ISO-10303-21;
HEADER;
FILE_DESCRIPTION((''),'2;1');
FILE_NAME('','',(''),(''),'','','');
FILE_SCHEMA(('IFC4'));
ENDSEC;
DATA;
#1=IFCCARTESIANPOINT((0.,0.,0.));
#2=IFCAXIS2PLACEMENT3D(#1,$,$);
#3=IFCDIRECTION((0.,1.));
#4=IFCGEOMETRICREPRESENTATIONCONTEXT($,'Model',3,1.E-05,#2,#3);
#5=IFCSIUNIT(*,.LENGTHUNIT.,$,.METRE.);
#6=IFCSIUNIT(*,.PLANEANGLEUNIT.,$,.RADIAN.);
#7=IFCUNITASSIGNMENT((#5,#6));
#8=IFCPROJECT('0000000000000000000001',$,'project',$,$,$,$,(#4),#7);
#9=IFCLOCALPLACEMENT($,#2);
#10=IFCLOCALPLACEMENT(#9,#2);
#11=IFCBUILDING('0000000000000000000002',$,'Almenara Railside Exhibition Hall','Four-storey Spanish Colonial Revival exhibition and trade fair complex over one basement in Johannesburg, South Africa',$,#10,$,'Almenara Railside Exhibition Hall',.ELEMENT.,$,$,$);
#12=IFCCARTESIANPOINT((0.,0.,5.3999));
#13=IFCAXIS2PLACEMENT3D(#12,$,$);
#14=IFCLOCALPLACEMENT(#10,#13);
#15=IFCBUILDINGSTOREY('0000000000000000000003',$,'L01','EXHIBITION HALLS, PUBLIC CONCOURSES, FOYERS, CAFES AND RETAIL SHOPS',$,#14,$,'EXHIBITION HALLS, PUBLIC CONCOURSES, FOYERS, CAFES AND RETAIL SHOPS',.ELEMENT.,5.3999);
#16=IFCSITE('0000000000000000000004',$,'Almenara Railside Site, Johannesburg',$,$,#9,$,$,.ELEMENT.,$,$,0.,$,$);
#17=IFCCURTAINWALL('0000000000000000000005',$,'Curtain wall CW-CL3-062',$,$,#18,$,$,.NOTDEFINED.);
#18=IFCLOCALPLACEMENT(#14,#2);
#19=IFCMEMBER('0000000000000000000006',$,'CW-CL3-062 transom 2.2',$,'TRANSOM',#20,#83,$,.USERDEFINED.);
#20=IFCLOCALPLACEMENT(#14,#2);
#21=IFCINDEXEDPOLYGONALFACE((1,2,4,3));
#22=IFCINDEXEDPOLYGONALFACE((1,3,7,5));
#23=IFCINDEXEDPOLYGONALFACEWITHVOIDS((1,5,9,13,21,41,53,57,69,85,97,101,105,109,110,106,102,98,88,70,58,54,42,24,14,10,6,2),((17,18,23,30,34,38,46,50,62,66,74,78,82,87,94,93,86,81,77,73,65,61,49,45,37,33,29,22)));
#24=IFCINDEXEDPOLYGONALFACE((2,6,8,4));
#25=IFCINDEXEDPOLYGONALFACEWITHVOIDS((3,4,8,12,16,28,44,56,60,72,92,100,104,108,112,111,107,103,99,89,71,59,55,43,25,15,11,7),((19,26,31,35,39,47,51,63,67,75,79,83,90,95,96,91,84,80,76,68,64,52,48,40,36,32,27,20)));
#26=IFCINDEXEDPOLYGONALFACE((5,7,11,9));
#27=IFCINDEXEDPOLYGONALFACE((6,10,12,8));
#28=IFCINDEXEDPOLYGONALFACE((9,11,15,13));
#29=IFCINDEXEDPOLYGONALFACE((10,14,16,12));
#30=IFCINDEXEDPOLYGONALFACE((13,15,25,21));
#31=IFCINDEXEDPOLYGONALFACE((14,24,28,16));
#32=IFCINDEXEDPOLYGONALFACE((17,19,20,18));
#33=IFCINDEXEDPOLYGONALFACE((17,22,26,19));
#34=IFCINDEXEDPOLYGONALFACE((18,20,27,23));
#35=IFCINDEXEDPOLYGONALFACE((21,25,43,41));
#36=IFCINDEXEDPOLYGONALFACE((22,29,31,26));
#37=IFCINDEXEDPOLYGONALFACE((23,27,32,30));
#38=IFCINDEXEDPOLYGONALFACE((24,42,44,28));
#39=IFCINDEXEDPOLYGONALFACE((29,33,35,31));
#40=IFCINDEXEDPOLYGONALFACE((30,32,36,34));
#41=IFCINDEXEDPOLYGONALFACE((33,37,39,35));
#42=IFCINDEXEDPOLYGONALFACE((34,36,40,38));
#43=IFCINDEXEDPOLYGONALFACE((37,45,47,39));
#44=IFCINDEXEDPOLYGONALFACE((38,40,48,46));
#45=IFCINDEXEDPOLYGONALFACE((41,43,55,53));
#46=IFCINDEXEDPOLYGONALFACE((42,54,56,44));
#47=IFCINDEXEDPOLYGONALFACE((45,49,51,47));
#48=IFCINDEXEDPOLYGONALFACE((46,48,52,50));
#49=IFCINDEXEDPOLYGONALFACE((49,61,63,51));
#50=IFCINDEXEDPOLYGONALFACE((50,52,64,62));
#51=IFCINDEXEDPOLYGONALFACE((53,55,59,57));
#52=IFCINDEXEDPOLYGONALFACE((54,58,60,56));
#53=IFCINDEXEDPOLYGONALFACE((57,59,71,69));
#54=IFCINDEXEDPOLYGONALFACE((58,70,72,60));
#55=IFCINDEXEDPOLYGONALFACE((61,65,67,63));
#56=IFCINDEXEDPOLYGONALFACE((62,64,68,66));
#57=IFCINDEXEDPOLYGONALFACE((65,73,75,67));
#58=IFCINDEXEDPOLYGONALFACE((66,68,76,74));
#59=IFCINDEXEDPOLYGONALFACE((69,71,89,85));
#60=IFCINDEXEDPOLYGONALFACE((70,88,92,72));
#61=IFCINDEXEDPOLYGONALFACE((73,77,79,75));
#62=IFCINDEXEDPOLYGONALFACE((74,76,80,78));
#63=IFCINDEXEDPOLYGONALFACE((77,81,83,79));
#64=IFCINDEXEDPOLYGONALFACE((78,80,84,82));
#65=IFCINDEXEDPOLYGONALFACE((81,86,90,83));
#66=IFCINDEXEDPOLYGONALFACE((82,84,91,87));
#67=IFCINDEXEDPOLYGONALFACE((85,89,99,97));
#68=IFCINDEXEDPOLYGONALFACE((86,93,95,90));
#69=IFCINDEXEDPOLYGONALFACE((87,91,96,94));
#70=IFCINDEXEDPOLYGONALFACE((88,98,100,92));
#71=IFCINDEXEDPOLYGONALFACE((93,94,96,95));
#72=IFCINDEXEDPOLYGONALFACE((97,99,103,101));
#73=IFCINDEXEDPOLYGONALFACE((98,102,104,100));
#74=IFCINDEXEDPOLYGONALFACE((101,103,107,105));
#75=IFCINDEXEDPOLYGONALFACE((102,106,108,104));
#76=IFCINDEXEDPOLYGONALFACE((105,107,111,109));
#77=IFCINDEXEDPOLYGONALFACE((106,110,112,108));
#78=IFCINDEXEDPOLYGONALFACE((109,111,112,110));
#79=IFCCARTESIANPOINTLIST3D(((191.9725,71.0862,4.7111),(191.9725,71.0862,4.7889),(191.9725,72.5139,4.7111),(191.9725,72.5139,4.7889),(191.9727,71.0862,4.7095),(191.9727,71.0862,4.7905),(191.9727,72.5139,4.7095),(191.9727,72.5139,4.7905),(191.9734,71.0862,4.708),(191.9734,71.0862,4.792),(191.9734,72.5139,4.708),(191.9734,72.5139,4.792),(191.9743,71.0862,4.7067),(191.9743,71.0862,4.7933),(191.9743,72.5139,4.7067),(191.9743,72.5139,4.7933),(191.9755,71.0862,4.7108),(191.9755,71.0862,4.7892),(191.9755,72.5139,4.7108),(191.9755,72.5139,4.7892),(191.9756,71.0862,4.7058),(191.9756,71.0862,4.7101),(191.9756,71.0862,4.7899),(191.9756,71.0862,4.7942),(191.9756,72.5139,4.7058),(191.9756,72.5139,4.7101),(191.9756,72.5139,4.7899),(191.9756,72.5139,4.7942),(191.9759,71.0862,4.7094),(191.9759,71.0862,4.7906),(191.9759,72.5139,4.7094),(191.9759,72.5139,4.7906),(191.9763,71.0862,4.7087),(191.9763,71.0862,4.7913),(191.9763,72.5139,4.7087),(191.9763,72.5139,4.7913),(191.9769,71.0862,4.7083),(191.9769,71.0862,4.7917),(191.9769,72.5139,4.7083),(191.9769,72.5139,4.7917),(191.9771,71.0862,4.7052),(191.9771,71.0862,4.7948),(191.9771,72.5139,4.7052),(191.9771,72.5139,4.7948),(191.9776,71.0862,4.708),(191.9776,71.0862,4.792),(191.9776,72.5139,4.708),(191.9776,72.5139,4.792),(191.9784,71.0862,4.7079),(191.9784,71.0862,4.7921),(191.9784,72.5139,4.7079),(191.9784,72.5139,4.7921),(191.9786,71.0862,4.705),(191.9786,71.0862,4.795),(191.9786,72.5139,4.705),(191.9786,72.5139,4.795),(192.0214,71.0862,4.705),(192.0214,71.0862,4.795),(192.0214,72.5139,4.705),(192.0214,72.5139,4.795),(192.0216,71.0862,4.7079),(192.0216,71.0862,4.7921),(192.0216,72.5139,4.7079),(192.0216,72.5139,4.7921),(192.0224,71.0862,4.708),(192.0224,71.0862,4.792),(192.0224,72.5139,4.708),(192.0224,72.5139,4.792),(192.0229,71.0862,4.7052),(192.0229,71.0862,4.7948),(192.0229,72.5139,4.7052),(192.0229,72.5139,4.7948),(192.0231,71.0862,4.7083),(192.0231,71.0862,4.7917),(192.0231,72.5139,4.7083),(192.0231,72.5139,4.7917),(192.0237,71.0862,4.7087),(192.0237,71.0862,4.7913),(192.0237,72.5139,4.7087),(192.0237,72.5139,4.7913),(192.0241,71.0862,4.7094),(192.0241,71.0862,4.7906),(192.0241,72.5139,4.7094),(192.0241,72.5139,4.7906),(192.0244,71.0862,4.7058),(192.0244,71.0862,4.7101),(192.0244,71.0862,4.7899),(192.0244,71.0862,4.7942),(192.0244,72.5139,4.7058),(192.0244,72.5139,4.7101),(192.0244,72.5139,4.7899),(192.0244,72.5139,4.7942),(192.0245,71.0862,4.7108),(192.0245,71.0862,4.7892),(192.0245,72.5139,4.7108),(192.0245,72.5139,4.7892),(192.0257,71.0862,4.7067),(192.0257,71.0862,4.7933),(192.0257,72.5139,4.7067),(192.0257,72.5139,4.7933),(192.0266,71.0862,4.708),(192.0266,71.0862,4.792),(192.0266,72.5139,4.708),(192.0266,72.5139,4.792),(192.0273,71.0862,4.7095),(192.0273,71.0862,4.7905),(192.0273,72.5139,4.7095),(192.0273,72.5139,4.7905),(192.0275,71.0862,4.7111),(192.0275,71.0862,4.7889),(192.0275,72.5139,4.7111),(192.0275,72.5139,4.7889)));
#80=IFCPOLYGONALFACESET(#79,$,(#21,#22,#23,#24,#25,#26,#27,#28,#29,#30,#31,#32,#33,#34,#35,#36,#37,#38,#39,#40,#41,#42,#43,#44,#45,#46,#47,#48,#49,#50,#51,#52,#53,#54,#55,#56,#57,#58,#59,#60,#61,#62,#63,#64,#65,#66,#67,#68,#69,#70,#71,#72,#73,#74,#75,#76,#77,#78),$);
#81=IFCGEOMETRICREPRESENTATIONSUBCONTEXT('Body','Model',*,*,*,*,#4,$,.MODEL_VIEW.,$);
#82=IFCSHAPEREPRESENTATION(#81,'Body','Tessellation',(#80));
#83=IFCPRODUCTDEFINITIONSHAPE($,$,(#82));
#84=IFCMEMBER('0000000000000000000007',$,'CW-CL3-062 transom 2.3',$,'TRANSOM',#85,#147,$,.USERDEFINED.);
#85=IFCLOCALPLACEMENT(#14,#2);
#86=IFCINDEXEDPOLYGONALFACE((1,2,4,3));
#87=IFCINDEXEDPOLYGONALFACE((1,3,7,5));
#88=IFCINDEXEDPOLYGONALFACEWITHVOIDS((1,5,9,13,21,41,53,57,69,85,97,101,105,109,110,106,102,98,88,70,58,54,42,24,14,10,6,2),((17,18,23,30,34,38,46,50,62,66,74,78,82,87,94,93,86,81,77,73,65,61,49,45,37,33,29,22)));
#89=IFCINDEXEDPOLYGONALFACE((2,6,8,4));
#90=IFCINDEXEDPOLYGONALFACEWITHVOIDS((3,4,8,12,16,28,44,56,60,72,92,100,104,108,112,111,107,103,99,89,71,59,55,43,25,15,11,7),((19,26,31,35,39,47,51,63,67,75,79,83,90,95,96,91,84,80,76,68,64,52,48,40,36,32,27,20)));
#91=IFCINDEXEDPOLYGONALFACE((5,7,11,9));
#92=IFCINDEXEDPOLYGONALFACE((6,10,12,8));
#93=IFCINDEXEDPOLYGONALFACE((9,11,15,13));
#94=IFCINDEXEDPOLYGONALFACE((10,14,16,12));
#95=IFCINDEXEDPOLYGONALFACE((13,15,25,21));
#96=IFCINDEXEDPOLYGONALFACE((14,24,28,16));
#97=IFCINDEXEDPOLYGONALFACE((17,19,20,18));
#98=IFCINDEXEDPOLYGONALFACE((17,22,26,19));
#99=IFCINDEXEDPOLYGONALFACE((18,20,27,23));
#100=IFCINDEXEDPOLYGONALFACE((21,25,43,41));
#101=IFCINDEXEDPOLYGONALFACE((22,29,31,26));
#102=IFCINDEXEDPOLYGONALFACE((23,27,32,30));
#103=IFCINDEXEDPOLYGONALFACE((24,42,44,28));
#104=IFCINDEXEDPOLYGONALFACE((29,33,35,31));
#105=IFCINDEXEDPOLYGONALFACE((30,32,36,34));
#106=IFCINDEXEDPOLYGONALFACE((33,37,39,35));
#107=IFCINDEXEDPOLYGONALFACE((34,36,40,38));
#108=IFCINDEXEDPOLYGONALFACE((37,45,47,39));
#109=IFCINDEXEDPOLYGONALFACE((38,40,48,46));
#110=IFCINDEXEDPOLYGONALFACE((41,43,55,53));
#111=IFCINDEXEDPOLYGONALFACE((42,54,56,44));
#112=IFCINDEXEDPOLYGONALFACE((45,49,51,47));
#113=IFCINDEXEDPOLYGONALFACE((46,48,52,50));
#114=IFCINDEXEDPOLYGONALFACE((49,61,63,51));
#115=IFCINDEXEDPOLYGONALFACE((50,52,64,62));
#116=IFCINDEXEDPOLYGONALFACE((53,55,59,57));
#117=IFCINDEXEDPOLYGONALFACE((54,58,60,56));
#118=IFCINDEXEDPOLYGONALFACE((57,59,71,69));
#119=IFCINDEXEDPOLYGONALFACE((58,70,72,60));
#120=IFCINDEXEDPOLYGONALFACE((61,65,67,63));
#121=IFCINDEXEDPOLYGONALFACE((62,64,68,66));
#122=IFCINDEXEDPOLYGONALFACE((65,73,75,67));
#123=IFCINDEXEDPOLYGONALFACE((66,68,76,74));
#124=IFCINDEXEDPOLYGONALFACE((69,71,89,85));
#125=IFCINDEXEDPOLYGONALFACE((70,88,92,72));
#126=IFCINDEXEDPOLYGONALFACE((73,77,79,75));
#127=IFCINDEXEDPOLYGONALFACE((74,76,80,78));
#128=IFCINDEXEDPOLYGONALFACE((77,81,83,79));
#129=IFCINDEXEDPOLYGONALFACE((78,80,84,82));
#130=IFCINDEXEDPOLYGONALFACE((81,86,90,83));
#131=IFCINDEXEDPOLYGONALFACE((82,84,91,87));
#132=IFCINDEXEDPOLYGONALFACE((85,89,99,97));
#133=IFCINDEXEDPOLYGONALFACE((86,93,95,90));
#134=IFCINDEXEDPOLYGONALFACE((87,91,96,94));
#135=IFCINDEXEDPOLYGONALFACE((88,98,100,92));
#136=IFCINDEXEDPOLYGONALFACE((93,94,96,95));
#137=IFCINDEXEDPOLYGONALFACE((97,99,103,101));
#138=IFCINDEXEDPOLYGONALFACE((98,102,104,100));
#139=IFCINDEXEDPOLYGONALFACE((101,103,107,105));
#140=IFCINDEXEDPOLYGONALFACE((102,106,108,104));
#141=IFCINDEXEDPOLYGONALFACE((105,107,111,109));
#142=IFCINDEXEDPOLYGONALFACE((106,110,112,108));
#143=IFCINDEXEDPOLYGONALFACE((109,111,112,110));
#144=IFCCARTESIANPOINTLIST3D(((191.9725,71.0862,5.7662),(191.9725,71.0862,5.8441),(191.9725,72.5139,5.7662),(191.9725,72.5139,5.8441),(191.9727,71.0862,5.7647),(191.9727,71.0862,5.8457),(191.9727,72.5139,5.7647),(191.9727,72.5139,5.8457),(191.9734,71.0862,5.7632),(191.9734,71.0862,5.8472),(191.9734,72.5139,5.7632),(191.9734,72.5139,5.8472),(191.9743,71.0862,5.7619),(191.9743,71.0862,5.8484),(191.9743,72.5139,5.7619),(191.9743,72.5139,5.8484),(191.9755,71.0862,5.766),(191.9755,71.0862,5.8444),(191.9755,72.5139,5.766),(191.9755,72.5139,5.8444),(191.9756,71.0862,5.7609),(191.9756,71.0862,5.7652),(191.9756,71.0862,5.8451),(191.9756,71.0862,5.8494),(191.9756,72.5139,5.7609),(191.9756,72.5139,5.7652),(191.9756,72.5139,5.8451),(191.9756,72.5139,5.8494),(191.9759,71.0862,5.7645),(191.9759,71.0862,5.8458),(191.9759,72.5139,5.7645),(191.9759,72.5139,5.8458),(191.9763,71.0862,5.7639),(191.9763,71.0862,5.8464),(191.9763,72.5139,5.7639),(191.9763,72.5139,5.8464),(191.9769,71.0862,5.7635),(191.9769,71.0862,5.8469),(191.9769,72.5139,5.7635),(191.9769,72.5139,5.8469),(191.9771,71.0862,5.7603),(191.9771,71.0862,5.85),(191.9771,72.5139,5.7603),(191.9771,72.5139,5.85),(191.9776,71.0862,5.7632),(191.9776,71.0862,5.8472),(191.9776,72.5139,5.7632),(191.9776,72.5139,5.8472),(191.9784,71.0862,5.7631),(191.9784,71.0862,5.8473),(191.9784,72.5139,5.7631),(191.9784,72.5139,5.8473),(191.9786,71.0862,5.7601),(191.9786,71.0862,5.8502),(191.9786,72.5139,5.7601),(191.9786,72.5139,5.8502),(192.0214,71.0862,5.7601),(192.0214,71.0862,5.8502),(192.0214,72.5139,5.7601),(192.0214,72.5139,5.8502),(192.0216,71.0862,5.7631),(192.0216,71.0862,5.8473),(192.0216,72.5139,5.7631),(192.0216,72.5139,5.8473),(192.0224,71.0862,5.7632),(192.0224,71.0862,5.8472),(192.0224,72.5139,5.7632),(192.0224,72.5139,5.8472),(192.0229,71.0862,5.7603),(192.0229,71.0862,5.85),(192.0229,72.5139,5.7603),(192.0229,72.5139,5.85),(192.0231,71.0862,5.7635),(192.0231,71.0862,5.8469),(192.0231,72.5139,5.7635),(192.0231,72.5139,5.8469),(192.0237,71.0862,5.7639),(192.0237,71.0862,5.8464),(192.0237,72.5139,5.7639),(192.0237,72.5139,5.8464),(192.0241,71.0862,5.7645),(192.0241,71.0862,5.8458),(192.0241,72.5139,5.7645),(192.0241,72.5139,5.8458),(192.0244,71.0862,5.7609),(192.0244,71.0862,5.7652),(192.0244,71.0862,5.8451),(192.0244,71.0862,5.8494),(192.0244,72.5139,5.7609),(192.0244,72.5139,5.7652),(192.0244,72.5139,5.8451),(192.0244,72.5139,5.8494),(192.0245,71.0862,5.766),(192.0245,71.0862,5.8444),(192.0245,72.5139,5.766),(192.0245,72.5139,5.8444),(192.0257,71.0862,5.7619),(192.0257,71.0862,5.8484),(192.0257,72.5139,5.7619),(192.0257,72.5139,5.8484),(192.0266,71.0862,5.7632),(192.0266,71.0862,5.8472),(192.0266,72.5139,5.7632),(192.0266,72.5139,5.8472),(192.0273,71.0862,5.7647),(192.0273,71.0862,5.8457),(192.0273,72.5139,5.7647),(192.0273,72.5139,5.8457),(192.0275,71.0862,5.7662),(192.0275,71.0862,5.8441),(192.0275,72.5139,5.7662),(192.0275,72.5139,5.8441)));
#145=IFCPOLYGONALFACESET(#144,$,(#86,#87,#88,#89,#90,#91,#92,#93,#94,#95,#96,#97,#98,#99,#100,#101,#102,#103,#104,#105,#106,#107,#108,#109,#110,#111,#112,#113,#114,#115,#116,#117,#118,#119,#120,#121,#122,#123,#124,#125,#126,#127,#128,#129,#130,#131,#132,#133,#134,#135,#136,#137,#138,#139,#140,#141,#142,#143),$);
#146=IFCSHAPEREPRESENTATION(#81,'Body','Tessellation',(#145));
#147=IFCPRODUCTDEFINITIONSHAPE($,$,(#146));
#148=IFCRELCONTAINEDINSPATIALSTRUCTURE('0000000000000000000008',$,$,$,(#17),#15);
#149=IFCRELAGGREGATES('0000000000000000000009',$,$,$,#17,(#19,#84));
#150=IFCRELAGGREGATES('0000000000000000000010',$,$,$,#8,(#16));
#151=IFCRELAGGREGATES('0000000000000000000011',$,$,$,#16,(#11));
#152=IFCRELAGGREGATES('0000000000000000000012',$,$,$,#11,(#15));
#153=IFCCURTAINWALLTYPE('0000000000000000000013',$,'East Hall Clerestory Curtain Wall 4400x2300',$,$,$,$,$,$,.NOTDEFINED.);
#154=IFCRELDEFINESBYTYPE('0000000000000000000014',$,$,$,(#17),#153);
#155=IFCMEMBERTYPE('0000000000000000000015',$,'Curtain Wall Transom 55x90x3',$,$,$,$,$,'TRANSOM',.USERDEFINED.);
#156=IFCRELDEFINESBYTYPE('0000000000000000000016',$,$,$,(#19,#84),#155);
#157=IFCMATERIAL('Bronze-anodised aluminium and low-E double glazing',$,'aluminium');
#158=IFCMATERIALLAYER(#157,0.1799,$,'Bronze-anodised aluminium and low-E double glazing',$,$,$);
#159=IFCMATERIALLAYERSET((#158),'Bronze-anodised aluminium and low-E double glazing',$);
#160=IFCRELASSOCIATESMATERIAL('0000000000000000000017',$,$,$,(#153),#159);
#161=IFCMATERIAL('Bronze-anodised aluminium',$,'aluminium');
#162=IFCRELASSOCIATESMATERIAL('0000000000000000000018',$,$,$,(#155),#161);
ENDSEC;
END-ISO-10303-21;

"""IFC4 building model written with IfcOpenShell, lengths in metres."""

from ifc_helpers import new_model, si_unit, direction, frame, origin, origin_2d, place, context, subcontext, project, spatial, hollow_rectangle, extrude, material, layer, layer_set, material_profile, profile_set, type_object, element, aggregate, save


model = new_model("IFC4")

# Units and contexts
model_context = context("Model", 3, precision=1e-05, world=origin(), true_north=direction((0.0, 1.0)))
body_context = subcontext(model_context, "Body", "Model", "MODEL_VIEW")
ifc_project = project(units=[si_unit("LENGTHUNIT", "METRE"), si_unit("PLANEANGLEUNIT", "RADIAN")], contexts=[model_context])

# Site, building, storey
site_placement = place(None, origin())
site = spatial("IfcSite", under=ifc_project, at=site_placement, Name="Almenara Railside Site, Johannesburg", CompositionType="ELEMENT", RefElevation=0.0)
building_placement = place(site_placement, origin())
building = spatial("IfcBuilding", under=site, at=building_placement, Name="Almenara Railside Exhibition Hall", Description="Four-storey Spanish Colonial Revival exhibition and trade fair complex over one basement in Johannesburg, South Africa", LongName="Almenara Railside Exhibition Hall", CompositionType="ELEMENT")
storey_placement = place(building_placement, frame((0.0, 0.0, 5.3999)))
storey = spatial("IfcBuildingStorey", under=building, at=storey_placement, Name="L01", Description="EXHIBITION HALLS, PUBLIC CONCOURSES, FOYERS, CAFES AND RETAIL SHOPS", LongName="EXHIBITION HALLS, PUBLIC CONCOURSES, FOYERS, CAFES AND RETAIL SHOPS", CompositionType="ELEMENT", Elevation=5.3999)

# Curtain wall, members
ifc_material_1 = material(Name="Bronze-anodised aluminium and low-E double glazing", Category="aluminium")
ifc_layer_1 = layer(ifc_material_1, 0.1799, Name="Bronze-anodised aluminium and low-E double glazing")
ifc_layer_set_1 = layer_set([ifc_layer_1], Name="Bronze-anodised aluminium and low-E double glazing")
curtain_wall_type = type_object("IfcCurtainWallType", Name="East Hall Clerestory Curtain Wall 4400x2300", PredefinedType="NOTDEFINED", material=ifc_layer_set_1)
curtain_wall_placement = place(storey_placement, origin())
curtain_wall = element("IfcCurtainWall", 1, at=curtain_wall_placement, inside=storey, type_object=curtain_wall_type, Name="Curtain wall CW-CL3-062", PredefinedType="NOTDEFINED")
ifc_material_2 = material(Name="Bronze-anodised aluminium", Category="aluminium")
ifc_material_profile_1 = material_profile(ifc_material_2, hollow_rectangle(XDim=0.0549, YDim=0.0901, WallThickness=0.0029, InnerFilletRadius=0.0029, OuterFilletRadius=0.0061, at=origin_2d()), Name="ALU-TRN 55x90x3")
ifc_profile_set_1 = profile_set([ifc_material_profile_1], Name="Bronze-anodised aluminium")
member_type_1 = type_object("IfcMemberType", Name="Curtain Wall Transom 55x90x3", ElementType="TRANSOM", PredefinedType="USERDEFINED", material=ifc_profile_set_1)
member_1_placement = place(storey_placement, frame((192.0, 71.0862, 4.75), z_axis=(0.0, 1.0, 0.0), x_axis=(-1.0, 0.0, 0.0)))
member_1 = element("IfcMember", 2, at=member_1_placement, type_object=member_type_1, Name="CW-CL3-062 transom 2.2", ObjectType="TRANSOM", PredefinedType="USERDEFINED", context=body_context, shape_type="SweptSolid", body=[
    extrude(hollow_rectangle(XDim=0.0549, YDim=0.0901, WallThickness=0.0029, InnerFilletRadius=0.0029, OuterFilletRadius=0.0061, at=origin_2d()), origin(), (0.0, 0.0, 1.0), 1.4277),
])
member_2_placement = place(storey_placement, frame((192.0, 71.0862, 5.8052), z_axis=(0.0, 1.0, 0.0), x_axis=(-1.0, 0.0, 0.0)))
member_2 = element("IfcMember", 3, at=member_2_placement, type_object=member_type_1, Name="CW-CL3-062 transom 2.3", ObjectType="TRANSOM", PredefinedType="USERDEFINED", context=body_context, shape_type="SweptSolid", body=[
    extrude(hollow_rectangle(XDim=0.0549, YDim=0.0901, WallThickness=0.0029, InnerFilletRadius=0.0029, OuterFilletRadius=0.0061, at=origin_2d()), origin(), (0.0, 0.0, 1.0), 1.4277),
])

aggregate(curtain_wall, [member_1, member_2])

save(model, "model.ifc")
